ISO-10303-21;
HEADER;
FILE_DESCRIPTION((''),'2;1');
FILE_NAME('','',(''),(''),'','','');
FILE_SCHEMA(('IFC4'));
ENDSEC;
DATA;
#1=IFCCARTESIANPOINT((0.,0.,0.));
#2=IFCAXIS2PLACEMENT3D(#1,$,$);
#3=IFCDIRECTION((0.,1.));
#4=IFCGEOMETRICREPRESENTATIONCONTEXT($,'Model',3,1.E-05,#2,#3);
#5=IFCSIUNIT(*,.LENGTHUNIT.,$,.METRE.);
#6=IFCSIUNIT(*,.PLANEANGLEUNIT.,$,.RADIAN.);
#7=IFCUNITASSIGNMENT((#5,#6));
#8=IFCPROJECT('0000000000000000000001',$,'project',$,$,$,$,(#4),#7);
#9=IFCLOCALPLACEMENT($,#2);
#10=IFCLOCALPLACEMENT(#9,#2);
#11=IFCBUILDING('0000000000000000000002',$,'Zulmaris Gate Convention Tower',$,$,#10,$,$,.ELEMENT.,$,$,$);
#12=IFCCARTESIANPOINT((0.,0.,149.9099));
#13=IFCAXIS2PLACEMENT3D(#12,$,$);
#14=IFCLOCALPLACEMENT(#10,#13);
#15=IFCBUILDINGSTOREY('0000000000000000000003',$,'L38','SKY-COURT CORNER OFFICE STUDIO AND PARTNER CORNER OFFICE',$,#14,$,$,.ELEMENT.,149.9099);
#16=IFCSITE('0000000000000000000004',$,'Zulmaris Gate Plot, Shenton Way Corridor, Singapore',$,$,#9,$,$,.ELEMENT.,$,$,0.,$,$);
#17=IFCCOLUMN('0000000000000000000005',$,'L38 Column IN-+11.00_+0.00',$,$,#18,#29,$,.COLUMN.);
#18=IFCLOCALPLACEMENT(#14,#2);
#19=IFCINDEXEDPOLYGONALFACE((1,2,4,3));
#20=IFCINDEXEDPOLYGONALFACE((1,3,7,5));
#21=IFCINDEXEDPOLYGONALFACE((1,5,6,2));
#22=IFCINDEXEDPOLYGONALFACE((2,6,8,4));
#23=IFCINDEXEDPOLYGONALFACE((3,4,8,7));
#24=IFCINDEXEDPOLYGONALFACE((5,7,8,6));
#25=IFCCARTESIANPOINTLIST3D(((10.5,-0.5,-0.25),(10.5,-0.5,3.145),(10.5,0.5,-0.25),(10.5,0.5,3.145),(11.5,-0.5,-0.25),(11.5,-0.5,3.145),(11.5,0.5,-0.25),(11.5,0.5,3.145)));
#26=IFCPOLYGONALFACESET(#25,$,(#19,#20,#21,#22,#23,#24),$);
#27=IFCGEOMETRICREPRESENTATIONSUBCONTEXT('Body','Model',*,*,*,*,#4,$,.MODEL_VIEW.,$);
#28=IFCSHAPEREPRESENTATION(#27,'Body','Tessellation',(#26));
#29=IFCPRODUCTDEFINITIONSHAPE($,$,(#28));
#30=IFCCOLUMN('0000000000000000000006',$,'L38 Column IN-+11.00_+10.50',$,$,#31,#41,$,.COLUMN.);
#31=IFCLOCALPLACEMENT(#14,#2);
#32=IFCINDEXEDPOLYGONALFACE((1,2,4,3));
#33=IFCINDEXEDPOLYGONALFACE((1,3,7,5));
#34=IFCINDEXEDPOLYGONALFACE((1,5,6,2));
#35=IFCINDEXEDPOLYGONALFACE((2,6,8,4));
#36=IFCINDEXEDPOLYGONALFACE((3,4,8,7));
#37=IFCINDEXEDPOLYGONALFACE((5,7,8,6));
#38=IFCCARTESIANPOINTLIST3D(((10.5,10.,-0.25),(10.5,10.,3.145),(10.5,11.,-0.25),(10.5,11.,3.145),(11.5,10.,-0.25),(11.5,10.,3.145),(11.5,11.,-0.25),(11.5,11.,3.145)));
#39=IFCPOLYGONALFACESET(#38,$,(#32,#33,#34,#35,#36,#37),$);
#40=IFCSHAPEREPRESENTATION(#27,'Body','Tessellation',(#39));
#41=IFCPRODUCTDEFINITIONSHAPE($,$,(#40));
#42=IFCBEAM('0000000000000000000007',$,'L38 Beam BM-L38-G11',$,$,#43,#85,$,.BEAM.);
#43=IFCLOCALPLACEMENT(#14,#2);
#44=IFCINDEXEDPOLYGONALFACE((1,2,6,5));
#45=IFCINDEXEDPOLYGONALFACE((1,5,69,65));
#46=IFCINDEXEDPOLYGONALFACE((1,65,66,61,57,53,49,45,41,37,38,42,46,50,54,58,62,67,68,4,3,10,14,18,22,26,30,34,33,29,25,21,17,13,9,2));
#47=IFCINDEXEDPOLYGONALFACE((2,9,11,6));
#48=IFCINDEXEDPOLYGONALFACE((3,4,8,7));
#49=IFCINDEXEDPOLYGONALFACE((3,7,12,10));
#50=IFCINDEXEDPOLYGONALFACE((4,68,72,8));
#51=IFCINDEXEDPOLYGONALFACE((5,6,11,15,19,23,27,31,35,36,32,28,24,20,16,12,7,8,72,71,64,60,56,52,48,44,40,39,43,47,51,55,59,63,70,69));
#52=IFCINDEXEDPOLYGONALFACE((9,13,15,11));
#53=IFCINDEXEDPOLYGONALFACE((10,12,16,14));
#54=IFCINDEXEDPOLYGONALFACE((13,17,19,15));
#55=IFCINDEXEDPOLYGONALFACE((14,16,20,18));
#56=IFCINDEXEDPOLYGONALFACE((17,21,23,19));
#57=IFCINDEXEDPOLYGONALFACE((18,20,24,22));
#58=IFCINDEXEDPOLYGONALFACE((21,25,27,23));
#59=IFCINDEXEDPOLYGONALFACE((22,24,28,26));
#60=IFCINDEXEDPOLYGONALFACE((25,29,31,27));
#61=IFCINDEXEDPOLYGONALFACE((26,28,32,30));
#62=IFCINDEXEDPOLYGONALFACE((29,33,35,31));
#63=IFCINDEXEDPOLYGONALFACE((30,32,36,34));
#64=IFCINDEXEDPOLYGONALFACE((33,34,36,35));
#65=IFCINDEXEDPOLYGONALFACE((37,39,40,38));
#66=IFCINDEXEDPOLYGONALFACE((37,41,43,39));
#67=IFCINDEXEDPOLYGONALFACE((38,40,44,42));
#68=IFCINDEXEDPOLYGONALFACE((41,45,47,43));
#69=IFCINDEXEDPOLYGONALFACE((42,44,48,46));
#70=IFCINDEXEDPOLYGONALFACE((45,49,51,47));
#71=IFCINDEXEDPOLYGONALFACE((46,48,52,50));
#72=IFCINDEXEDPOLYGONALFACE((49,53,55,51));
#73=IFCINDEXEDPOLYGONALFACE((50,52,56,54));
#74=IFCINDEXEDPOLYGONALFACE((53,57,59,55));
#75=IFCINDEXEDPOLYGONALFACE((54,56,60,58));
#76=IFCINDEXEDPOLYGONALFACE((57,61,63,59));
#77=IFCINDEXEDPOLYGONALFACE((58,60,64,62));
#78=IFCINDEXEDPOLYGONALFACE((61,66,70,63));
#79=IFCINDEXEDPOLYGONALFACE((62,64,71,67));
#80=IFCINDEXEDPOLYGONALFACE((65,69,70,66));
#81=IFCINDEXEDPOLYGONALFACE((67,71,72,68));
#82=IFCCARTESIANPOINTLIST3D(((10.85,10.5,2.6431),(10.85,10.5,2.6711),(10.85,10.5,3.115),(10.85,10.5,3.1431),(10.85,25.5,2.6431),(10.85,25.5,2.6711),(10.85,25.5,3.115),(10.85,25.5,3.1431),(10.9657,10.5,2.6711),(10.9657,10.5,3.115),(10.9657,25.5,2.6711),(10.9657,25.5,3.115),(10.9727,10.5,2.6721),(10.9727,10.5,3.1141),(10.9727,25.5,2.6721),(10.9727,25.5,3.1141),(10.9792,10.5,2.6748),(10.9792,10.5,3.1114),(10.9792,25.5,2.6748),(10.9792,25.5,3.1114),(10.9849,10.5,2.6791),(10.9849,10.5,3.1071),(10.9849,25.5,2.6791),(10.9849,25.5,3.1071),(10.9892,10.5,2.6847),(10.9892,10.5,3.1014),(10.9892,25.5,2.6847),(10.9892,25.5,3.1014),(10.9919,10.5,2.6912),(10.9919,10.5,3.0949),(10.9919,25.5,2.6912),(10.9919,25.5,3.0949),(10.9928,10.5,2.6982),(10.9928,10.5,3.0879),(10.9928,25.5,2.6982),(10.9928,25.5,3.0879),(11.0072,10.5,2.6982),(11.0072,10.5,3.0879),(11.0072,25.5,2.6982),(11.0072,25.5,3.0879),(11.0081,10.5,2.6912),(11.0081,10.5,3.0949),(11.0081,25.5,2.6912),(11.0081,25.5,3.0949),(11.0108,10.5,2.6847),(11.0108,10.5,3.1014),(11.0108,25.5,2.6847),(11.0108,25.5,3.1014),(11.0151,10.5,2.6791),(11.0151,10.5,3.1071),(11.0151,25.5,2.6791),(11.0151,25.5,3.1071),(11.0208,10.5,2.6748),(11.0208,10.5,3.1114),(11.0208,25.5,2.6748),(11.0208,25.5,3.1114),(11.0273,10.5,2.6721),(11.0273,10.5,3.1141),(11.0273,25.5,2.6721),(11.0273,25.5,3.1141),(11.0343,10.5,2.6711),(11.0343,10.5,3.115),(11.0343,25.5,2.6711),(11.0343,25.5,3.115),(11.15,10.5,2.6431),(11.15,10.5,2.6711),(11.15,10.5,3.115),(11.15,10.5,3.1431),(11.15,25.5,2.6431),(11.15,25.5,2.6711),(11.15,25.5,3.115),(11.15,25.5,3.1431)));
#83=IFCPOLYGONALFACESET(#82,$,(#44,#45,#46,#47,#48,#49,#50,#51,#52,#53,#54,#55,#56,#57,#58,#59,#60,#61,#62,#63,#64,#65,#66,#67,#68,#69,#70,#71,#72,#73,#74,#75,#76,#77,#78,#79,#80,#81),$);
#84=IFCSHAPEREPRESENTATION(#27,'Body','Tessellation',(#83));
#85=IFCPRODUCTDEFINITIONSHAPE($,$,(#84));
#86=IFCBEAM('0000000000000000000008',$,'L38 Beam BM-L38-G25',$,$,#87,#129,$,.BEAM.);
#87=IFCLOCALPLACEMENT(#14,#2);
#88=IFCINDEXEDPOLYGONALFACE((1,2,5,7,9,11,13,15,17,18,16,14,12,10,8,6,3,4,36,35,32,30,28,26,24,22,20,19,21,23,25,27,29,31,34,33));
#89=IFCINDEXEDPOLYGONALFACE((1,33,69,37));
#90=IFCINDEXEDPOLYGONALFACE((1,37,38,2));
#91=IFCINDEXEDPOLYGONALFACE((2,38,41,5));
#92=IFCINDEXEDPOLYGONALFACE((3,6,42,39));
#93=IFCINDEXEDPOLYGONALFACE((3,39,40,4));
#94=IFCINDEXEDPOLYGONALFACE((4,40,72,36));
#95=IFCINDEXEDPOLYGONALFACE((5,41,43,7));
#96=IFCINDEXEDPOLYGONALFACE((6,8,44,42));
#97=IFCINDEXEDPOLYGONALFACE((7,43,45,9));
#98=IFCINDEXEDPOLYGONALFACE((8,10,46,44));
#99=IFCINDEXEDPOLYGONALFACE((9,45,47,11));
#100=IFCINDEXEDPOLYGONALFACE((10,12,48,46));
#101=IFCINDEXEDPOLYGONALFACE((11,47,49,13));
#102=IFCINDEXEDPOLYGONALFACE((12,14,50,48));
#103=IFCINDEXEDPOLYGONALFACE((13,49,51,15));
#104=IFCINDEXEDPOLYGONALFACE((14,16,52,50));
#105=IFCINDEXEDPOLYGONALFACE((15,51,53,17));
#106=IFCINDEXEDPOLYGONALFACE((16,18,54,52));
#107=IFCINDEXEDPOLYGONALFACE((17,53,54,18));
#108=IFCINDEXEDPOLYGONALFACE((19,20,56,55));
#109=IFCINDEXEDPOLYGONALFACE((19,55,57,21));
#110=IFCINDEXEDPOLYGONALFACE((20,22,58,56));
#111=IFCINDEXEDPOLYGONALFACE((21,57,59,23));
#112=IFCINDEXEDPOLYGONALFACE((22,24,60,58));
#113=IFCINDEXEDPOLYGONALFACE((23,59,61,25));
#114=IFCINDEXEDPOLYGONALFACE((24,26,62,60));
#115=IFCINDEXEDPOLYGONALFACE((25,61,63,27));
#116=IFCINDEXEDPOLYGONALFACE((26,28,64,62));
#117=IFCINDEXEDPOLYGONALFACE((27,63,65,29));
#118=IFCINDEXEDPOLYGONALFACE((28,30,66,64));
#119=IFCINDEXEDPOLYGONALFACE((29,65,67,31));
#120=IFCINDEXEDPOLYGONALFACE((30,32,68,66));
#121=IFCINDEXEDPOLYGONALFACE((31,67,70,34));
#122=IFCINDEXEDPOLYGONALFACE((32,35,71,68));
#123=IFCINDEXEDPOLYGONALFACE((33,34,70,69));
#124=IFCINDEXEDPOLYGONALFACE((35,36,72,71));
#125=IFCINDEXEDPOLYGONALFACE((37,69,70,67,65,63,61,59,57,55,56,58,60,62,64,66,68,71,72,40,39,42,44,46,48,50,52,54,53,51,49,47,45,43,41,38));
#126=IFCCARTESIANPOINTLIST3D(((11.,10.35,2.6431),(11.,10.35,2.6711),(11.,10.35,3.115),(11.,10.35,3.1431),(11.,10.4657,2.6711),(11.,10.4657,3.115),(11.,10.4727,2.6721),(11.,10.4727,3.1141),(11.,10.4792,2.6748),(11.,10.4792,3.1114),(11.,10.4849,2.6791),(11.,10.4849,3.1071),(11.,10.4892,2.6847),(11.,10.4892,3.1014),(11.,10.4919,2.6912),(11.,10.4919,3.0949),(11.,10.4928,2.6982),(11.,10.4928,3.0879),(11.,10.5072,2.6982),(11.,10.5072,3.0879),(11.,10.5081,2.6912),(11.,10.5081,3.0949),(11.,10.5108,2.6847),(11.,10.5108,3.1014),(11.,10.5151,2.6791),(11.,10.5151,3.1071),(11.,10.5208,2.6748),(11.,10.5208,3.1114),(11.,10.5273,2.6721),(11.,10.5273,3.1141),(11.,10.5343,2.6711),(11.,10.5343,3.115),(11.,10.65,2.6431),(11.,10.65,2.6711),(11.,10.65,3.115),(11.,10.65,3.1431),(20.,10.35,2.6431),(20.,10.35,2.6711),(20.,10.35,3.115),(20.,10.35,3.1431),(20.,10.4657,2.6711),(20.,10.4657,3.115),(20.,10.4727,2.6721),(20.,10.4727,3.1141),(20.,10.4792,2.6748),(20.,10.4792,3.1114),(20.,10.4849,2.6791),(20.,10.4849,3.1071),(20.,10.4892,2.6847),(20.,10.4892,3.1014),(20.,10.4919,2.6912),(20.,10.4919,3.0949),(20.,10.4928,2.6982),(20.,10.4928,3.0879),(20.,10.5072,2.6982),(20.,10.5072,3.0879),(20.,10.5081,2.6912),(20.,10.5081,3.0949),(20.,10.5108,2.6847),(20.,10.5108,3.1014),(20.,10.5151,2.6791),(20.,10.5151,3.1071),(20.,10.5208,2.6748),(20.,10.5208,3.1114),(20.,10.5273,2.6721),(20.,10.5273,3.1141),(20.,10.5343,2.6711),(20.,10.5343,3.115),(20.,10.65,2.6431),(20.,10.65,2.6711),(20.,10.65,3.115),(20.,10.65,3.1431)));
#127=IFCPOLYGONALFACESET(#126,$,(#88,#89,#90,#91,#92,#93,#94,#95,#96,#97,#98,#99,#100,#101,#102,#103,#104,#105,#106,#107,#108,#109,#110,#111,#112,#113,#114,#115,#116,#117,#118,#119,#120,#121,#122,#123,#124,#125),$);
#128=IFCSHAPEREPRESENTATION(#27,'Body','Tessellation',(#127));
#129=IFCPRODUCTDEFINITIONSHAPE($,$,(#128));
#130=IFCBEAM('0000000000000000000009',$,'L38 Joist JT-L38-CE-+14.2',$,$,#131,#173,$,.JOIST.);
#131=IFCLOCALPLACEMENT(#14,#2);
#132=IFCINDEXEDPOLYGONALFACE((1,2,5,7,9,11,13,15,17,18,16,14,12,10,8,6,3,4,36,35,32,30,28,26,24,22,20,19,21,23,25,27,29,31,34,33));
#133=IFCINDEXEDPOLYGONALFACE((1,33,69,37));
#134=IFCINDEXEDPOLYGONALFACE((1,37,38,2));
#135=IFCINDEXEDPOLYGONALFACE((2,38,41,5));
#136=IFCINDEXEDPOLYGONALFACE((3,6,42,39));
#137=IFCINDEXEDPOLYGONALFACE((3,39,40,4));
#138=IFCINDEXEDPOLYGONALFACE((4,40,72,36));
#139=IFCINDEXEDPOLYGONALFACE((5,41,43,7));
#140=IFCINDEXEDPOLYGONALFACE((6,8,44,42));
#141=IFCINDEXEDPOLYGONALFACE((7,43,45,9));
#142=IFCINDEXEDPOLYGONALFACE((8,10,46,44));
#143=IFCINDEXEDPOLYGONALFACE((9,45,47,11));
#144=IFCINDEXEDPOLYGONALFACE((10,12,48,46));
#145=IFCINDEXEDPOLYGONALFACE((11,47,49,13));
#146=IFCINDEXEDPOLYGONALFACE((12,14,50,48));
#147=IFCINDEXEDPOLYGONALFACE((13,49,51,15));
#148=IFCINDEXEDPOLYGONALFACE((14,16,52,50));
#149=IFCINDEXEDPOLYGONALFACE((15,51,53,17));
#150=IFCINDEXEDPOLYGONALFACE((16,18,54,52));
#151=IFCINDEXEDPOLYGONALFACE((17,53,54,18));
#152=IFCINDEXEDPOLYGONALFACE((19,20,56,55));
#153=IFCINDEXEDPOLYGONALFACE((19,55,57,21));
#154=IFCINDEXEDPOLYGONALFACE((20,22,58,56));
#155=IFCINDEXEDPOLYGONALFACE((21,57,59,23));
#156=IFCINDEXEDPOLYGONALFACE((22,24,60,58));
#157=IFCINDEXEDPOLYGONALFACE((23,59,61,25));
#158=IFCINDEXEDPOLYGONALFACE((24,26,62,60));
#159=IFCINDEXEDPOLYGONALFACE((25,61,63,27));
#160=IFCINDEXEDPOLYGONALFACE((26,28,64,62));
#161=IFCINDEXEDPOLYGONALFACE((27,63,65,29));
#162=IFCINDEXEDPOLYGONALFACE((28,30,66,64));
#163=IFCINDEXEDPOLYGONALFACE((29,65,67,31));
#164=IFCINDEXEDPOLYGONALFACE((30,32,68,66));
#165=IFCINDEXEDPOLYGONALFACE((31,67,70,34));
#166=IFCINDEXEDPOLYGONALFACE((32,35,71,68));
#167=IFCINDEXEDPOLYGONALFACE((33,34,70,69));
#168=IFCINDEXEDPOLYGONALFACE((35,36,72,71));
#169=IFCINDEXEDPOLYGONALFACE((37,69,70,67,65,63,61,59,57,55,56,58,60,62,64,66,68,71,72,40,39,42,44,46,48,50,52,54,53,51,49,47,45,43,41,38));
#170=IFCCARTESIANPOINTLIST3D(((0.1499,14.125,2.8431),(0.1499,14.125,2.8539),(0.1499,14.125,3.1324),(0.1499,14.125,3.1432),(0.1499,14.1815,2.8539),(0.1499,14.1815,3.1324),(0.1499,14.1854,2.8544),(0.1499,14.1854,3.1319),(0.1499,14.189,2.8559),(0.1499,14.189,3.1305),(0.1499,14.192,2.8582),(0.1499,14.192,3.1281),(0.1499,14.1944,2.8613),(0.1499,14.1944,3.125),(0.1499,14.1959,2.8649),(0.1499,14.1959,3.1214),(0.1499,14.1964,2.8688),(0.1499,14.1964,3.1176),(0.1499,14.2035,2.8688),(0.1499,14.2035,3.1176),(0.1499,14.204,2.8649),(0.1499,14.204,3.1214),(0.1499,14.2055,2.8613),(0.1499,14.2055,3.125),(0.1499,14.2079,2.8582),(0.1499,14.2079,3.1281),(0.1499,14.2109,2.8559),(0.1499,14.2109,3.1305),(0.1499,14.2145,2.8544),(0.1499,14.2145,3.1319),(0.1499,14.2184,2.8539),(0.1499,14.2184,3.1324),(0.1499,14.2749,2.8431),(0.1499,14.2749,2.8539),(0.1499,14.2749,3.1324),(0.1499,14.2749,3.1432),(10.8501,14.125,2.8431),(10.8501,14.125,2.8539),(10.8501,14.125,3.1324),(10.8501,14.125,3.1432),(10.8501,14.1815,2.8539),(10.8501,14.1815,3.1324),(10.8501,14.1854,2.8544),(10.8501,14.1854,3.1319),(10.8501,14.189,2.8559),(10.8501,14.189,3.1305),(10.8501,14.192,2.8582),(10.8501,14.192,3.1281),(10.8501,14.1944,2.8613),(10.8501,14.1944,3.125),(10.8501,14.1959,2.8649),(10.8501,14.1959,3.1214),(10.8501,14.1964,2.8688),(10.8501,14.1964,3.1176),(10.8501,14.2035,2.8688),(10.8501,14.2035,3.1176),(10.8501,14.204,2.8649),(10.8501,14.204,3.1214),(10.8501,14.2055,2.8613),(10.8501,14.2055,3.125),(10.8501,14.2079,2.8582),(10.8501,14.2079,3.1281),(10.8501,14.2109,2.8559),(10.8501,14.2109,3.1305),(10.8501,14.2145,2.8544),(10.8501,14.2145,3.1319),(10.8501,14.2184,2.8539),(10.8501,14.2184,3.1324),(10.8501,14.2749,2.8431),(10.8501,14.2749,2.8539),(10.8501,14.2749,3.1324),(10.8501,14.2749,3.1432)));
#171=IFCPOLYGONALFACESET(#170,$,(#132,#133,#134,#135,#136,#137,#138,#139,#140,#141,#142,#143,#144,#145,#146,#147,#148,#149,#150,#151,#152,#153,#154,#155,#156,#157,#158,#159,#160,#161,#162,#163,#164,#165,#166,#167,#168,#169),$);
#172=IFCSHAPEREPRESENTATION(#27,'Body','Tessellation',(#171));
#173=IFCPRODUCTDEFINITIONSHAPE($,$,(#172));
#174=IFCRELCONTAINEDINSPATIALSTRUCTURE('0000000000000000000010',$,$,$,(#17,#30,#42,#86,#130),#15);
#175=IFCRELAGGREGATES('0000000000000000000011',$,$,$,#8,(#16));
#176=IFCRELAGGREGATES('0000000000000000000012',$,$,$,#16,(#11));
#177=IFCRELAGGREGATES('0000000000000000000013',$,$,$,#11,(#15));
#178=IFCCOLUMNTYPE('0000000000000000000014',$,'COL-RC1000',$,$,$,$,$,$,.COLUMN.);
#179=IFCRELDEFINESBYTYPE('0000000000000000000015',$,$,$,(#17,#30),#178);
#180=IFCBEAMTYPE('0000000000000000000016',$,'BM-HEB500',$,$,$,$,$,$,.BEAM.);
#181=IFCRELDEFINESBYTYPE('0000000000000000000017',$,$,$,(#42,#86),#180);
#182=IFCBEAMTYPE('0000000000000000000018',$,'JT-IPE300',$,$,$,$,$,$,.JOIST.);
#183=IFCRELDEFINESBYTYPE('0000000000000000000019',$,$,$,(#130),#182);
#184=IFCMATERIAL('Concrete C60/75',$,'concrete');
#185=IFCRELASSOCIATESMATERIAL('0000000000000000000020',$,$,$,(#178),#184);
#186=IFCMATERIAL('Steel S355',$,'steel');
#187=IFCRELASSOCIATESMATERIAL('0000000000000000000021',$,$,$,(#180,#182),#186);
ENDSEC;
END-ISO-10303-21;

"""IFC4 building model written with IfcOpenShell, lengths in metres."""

from ifc_helpers import new_model, si_unit, direction, frame, origin, origin_2d, place, context, subcontext, project, spatial, rectangle, i_section, extrude, material, material_profile, profile_set, type_object, element, save


model = new_model("IFC4")

# Units and contexts
model_context = context("Model", 3, precision=1e-05, world=origin(), true_north=direction((0.0, 1.0)))
body_context = subcontext(model_context, "Body", "Model", "MODEL_VIEW")
ifc_project = project(units=[si_unit("LENGTHUNIT", "METRE"), si_unit("PLANEANGLEUNIT", "RADIAN")], contexts=[model_context])

# Site, building, storey
site_placement = place(None, origin())
site = spatial("IfcSite", under=ifc_project, at=site_placement, Name="Zulmaris Gate Plot, Shenton Way Corridor, Singapore", CompositionType="ELEMENT", RefElevation=0.0)
building_placement = place(site_placement, origin())
building = spatial("IfcBuilding", under=site, at=building_placement, Name="Zulmaris Gate Convention Tower", CompositionType="ELEMENT")
storey_placement = place(building_placement, frame((0.0, 0.0, 149.9099)))
storey = spatial("IfcBuildingStorey", under=building, at=storey_placement, Name="L38", Description="SKY-COURT CORNER OFFICE STUDIO AND PARTNER CORNER OFFICE", CompositionType="ELEMENT", Elevation=149.9099)

# Columns
ifc_material_1 = material(Name="Concrete C60/75", Category="concrete")
ifc_material_profile_1 = material_profile(ifc_material_1, rectangle(XDim=1.0, YDim=1.0, at=origin_2d()), Name="RC COL 1000x1000")
ifc_profile_set_1 = profile_set([ifc_material_profile_1], Name="Concrete C60/75")
column_type = type_object("IfcColumnType", Name="COL-RC1000", PredefinedType="COLUMN", material=ifc_profile_set_1)
for number, where, z_axis, x_axis, name in (
    (1, (11.0, 0.0, -0.25), (0.0, 0.0, 1.0), (1.0, 0.0, 0.0), "L38 Column IN-+11.00_+0.00"),
    (2, (11.0, 10.5, -0.25), (0.0, 0.0, 1.0), (1.0, 0.0, 0.0), "L38 Column IN-+11.00_+10.50"),
):
    element("IfcColumn", number, at=place(storey_placement, frame(where, z_axis=z_axis, x_axis=x_axis)), inside=storey, type_object=column_type, Name=name, PredefinedType="COLUMN", context=body_context, shape_type="SweptSolid", body=[
        extrude(rectangle(XDim=1.0, YDim=1.0, at=origin_2d()), origin(), (0.0, 0.0, 1.0), 3.395),
    ])

# Beams
ifc_material_2 = material(Name="Steel S355", Category="steel")
ifc_material_profile_2 = material_profile(ifc_material_2, i_section(OverallWidth=0.3, OverallDepth=0.5, WebThickness=0.0144, FlangeThickness=0.0281, FilletRadius=0.0271, at=origin_2d()), Name="HEB 500")
ifc_profile_set_2 = profile_set([ifc_material_profile_2], Name="Steel S355")
beam_type_1 = type_object("IfcBeamType", Name="BM-HEB500", PredefinedType="BEAM", material=ifc_profile_set_2)
beam_1_placement = place(storey_placement, frame((11.0, 10.5, 2.8931), z_axis=(0.0, 1.0, 0.0), x_axis=(-1.0, 0.0, 0.0)))
element("IfcBeam", 3, at=beam_1_placement, inside=storey, type_object=beam_type_1, Name="L38 Beam BM-L38-G11", PredefinedType="BEAM", context=body_context, shape_type="SweptSolid", body=[
    extrude(i_section(OverallWidth=0.3, OverallDepth=0.5, WebThickness=0.0144, FlangeThickness=0.0281, FilletRadius=0.0271, at=origin_2d()), origin(), (0.0, 0.0, 1.0), 15.0),
])
beam_2_placement = place(storey_placement, frame((11.0, 10.5, 2.8931), z_axis=(1.0, 0.0, 0.0), x_axis=(0.0, 1.0, 0.0)))
element("IfcBeam", 4, at=beam_2_placement, inside=storey, type_object=beam_type_1, Name="L38 Beam BM-L38-G25", PredefinedType="BEAM", context=body_context, shape_type="SweptSolid", body=[
    extrude(i_section(OverallWidth=0.3, OverallDepth=0.5, WebThickness=0.0144, FlangeThickness=0.0281, FilletRadius=0.0271, at=origin_2d()), origin(), (0.0, 0.0, 1.0), 9.0),
])
ifc_material_profile_3 = material_profile(ifc_material_2, i_section(OverallWidth=0.1499, OverallDepth=0.3, WebThickness=0.0071, FlangeThickness=0.0107, FilletRadius=0.0149, at=origin_2d()), Name="IPE 300")
ifc_profile_set_3 = profile_set([ifc_material_profile_3], Name="Steel S355")
beam_type_2 = type_object("IfcBeamType", Name="JT-IPE300", PredefinedType="JOIST", material=ifc_profile_set_3)
for number, where, z_axis, x_axis, name in (
    (5, (0.1499, 14.2, 2.9932), (1.0, 0.0, 0.0), (0.0, 1.0, 0.0), "L38 Joist JT-L38-CE-+14.2"),
):
    element("IfcBeam", number, at=place(storey_placement, frame(where, z_axis=z_axis, x_axis=x_axis)), inside=storey, type_object=beam_type_2, Name=name, PredefinedType="JOIST", context=body_context, shape_type="SweptSolid", body=[
        extrude(i_section(OverallWidth=0.1499, OverallDepth=0.3, WebThickness=0.0071, FlangeThickness=0.0107, FilletRadius=0.0149, at=origin_2d()), origin(), (0.0, 0.0, 1.0), 10.7002),
    ])

save(model, "model.ifc")
